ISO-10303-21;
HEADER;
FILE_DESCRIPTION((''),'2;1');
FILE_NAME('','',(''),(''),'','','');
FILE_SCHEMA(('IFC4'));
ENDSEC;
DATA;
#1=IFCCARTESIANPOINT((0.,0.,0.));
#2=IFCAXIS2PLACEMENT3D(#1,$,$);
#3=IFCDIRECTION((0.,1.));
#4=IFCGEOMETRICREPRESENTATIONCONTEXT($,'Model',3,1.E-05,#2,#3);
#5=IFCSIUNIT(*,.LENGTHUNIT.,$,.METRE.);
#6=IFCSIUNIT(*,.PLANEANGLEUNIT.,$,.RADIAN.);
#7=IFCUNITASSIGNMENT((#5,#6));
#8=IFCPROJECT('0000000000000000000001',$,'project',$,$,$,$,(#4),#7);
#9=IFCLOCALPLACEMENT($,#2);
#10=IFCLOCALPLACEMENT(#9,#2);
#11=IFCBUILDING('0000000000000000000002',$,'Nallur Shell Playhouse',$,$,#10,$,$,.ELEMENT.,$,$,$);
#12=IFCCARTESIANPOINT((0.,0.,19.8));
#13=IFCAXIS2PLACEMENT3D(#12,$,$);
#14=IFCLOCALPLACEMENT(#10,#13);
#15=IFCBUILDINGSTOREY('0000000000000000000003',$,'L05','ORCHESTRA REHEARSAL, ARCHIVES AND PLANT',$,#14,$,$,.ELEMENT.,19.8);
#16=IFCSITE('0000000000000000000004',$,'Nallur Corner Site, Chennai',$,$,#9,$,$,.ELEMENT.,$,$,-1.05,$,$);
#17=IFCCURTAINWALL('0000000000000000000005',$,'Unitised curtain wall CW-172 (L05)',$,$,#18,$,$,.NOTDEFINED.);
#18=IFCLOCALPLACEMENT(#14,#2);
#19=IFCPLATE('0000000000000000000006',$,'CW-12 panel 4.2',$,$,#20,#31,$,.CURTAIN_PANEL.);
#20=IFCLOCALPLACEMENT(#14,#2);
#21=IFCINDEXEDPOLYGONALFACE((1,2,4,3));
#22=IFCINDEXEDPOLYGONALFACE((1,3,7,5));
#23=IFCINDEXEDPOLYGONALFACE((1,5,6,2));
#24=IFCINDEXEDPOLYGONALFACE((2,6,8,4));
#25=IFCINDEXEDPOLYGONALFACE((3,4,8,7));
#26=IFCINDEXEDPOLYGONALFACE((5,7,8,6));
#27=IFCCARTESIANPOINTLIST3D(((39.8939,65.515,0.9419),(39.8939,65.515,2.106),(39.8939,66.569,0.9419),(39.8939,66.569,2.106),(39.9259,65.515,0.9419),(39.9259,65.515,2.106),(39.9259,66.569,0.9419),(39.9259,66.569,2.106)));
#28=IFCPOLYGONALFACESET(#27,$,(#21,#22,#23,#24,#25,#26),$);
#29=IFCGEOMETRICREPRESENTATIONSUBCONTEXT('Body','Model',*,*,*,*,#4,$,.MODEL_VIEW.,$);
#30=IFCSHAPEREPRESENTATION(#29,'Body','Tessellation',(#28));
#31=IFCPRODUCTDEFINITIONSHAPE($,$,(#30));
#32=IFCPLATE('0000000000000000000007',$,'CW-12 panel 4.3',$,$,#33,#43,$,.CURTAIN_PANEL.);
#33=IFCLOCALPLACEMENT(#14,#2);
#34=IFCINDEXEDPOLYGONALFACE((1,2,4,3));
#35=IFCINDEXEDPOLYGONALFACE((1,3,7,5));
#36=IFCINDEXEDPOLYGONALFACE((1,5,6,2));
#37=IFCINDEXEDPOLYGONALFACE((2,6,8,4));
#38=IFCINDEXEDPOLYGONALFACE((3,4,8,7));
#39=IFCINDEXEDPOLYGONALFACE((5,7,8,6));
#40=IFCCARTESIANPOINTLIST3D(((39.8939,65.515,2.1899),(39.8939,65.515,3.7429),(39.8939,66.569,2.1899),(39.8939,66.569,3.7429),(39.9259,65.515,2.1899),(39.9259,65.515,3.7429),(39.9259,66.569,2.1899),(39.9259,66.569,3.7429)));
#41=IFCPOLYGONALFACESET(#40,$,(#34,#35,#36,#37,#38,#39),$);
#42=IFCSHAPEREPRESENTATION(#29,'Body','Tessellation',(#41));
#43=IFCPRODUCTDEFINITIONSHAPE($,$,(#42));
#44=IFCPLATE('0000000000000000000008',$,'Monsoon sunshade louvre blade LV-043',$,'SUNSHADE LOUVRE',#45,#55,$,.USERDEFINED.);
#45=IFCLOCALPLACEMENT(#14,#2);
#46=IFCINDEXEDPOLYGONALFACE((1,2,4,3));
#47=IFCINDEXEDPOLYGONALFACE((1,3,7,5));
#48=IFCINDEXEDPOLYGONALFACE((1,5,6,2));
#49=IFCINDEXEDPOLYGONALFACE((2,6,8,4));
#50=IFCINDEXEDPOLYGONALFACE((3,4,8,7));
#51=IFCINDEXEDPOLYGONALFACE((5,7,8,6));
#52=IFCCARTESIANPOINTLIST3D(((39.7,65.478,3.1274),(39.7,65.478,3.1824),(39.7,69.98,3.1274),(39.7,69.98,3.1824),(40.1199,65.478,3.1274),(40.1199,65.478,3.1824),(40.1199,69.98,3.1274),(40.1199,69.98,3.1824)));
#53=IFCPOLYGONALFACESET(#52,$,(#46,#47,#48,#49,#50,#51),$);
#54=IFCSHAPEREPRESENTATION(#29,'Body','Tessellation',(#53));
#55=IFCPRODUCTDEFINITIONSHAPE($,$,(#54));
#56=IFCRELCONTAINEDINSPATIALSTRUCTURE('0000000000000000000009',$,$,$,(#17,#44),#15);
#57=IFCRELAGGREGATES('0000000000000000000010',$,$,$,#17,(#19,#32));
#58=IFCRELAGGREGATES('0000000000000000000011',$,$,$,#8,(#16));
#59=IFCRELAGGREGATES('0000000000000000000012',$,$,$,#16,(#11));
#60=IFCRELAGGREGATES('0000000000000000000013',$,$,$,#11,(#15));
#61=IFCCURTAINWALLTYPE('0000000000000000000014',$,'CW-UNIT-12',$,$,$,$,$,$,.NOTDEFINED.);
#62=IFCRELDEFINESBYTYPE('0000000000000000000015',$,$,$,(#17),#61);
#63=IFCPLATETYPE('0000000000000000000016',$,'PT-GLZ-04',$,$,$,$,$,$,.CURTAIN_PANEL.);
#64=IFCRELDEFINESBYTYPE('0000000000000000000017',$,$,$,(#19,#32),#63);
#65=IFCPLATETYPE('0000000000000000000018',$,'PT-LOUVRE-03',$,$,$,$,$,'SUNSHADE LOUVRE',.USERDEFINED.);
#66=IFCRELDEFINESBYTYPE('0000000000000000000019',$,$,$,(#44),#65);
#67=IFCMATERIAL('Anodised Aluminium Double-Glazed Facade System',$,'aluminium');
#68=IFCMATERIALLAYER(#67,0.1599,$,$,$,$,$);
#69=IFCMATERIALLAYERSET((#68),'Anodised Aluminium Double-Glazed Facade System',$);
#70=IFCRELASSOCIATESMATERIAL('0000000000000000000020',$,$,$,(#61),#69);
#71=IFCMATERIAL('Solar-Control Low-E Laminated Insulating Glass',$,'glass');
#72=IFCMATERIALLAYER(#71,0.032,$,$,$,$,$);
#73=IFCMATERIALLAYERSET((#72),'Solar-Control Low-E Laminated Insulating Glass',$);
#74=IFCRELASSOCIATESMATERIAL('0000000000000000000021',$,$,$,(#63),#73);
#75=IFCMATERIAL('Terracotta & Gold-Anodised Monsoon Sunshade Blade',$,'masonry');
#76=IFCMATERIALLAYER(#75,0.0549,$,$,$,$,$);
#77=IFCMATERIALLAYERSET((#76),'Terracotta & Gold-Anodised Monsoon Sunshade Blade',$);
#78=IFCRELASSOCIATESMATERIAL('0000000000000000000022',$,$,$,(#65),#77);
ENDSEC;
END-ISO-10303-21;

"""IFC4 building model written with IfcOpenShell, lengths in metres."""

from ifc_helpers import new_model, si_unit, direction, frame, origin, origin_2d, place, context, subcontext, project, spatial, rectangle, extrude, material, layer, layer_set, type_object, element, aggregate, save


model = new_model("IFC4")

# Units and contexts
model_context = context("Model", 3, precision=1e-05, world=origin(), true_north=direction((0.0, 1.0)))
body_context = subcontext(model_context, "Body", "Model", "MODEL_VIEW")
ifc_project = project(units=[si_unit("LENGTHUNIT", "METRE"), si_unit("PLANEANGLEUNIT", "RADIAN")], contexts=[model_context])

# Site, building, storey
site_placement = place(None, origin())
site = spatial("IfcSite", under=ifc_project, at=site_placement, Name="Nallur Corner Site, Chennai", CompositionType="ELEMENT", RefElevation=-1.05)
building_placement = place(site_placement, origin())
building = spatial("IfcBuilding", under=site, at=building_placement, Name="Nallur Shell Playhouse", CompositionType="ELEMENT")
storey_placement = place(building_placement, frame((0.0, 0.0, 19.8)))
storey = spatial("IfcBuildingStorey", under=building, at=storey_placement, Name="L05", Description="ORCHESTRA REHEARSAL, ARCHIVES AND PLANT", CompositionType="ELEMENT", Elevation=19.8)

# Curtain wall, plates
ifc_material_1 = material(Name="Anodised Aluminium Double-Glazed Facade System", Category="aluminium")
ifc_layer_1 = layer(ifc_material_1, 0.1599)
ifc_layer_set_1 = layer_set([ifc_layer_1], Name="Anodised Aluminium Double-Glazed Facade System")
curtain_wall_type = type_object("IfcCurtainWallType", Name="CW-UNIT-12", PredefinedType="NOTDEFINED", material=ifc_layer_set_1)
curtain_wall_placement = place(storey_placement, origin())
curtain_wall = element("IfcCurtainWall", 1, at=curtain_wall_placement, inside=storey, type_object=curtain_wall_type, Name="Unitised curtain wall CW-172 (L05)", PredefinedType="NOTDEFINED")
ifc_material_2 = material(Name="Solar-Control Low-E Laminated Insulating Glass", Category="glass")
ifc_layer_2 = layer(ifc_material_2, 0.032)
ifc_layer_set_2 = layer_set([ifc_layer_2], Name="Solar-Control Low-E Laminated Insulating Glass")
plate_type_1 = type_object("IfcPlateType", Name="PT-GLZ-04", PredefinedType="CURTAIN_PANEL", material=ifc_layer_set_2)
plate_1_placement = place(storey_placement, frame((39.9099, 66.042, 0.9419), z_axis=(0.0, 0.0, 1.0), x_axis=(0.0, -1.0, 0.0)))
plate_1 = element("IfcPlate", 2, at=plate_1_placement, type_object=plate_type_1, Name="CW-12 panel 4.2", PredefinedType="CURTAIN_PANEL", context=body_context, shape_type="SweptSolid", body=[
    extrude(rectangle(XDim=1.054, YDim=0.032, at=origin_2d()), origin(), (0.0, 0.0, 1.0), 1.1641),
])
plate_2_placement = place(storey_placement, frame((39.9099, 66.042, 2.1899), z_axis=(0.0, 0.0, 1.0), x_axis=(0.0, -1.0, 0.0)))
plate_2 = element("IfcPlate", 3, at=plate_2_placement, type_object=plate_type_1, Name="CW-12 panel 4.3", PredefinedType="CURTAIN_PANEL", context=body_context, shape_type="SweptSolid", body=[
    extrude(rectangle(XDim=1.054, YDim=0.032, at=origin_2d()), origin(), (0.0, 0.0, 1.0), 1.553),
])
aggregate(curtain_wall, [plate_1, plate_2])

# Plate
ifc_material_3 = material(Name="Terracotta & Gold-Anodised Monsoon Sunshade Blade", Category="masonry")
ifc_layer_3 = layer(ifc_material_3, 0.0549)
ifc_layer_set_3 = layer_set([ifc_layer_3], Name="Terracotta & Gold-Anodised Monsoon Sunshade Blade")
plate_type_2 = type_object("IfcPlateType", Name="PT-LOUVRE-03", ElementType="SUNSHADE LOUVRE", PredefinedType="USERDEFINED", material=ifc_layer_set_3)
plate_3_placement = place(storey_placement, frame((39.9099, 67.729, 3.1274), z_axis=(0.0, 0.0, 1.0), x_axis=(0.0, -1.0, 0.0)))
element("IfcPlate", 4, at=plate_3_placement, inside=storey, type_object=plate_type_2, Name="Monsoon sunshade louvre blade LV-043", ObjectType="SUNSHADE LOUVRE", PredefinedType="USERDEFINED", context=body_context, shape_type="SweptSolid", body=[
    extrude(rectangle(XDim=4.502, YDim=0.4199, at=origin_2d()), origin(), (0.0, 0.0, 1.0), 0.0549),
])

save(model, "model.ifc")
